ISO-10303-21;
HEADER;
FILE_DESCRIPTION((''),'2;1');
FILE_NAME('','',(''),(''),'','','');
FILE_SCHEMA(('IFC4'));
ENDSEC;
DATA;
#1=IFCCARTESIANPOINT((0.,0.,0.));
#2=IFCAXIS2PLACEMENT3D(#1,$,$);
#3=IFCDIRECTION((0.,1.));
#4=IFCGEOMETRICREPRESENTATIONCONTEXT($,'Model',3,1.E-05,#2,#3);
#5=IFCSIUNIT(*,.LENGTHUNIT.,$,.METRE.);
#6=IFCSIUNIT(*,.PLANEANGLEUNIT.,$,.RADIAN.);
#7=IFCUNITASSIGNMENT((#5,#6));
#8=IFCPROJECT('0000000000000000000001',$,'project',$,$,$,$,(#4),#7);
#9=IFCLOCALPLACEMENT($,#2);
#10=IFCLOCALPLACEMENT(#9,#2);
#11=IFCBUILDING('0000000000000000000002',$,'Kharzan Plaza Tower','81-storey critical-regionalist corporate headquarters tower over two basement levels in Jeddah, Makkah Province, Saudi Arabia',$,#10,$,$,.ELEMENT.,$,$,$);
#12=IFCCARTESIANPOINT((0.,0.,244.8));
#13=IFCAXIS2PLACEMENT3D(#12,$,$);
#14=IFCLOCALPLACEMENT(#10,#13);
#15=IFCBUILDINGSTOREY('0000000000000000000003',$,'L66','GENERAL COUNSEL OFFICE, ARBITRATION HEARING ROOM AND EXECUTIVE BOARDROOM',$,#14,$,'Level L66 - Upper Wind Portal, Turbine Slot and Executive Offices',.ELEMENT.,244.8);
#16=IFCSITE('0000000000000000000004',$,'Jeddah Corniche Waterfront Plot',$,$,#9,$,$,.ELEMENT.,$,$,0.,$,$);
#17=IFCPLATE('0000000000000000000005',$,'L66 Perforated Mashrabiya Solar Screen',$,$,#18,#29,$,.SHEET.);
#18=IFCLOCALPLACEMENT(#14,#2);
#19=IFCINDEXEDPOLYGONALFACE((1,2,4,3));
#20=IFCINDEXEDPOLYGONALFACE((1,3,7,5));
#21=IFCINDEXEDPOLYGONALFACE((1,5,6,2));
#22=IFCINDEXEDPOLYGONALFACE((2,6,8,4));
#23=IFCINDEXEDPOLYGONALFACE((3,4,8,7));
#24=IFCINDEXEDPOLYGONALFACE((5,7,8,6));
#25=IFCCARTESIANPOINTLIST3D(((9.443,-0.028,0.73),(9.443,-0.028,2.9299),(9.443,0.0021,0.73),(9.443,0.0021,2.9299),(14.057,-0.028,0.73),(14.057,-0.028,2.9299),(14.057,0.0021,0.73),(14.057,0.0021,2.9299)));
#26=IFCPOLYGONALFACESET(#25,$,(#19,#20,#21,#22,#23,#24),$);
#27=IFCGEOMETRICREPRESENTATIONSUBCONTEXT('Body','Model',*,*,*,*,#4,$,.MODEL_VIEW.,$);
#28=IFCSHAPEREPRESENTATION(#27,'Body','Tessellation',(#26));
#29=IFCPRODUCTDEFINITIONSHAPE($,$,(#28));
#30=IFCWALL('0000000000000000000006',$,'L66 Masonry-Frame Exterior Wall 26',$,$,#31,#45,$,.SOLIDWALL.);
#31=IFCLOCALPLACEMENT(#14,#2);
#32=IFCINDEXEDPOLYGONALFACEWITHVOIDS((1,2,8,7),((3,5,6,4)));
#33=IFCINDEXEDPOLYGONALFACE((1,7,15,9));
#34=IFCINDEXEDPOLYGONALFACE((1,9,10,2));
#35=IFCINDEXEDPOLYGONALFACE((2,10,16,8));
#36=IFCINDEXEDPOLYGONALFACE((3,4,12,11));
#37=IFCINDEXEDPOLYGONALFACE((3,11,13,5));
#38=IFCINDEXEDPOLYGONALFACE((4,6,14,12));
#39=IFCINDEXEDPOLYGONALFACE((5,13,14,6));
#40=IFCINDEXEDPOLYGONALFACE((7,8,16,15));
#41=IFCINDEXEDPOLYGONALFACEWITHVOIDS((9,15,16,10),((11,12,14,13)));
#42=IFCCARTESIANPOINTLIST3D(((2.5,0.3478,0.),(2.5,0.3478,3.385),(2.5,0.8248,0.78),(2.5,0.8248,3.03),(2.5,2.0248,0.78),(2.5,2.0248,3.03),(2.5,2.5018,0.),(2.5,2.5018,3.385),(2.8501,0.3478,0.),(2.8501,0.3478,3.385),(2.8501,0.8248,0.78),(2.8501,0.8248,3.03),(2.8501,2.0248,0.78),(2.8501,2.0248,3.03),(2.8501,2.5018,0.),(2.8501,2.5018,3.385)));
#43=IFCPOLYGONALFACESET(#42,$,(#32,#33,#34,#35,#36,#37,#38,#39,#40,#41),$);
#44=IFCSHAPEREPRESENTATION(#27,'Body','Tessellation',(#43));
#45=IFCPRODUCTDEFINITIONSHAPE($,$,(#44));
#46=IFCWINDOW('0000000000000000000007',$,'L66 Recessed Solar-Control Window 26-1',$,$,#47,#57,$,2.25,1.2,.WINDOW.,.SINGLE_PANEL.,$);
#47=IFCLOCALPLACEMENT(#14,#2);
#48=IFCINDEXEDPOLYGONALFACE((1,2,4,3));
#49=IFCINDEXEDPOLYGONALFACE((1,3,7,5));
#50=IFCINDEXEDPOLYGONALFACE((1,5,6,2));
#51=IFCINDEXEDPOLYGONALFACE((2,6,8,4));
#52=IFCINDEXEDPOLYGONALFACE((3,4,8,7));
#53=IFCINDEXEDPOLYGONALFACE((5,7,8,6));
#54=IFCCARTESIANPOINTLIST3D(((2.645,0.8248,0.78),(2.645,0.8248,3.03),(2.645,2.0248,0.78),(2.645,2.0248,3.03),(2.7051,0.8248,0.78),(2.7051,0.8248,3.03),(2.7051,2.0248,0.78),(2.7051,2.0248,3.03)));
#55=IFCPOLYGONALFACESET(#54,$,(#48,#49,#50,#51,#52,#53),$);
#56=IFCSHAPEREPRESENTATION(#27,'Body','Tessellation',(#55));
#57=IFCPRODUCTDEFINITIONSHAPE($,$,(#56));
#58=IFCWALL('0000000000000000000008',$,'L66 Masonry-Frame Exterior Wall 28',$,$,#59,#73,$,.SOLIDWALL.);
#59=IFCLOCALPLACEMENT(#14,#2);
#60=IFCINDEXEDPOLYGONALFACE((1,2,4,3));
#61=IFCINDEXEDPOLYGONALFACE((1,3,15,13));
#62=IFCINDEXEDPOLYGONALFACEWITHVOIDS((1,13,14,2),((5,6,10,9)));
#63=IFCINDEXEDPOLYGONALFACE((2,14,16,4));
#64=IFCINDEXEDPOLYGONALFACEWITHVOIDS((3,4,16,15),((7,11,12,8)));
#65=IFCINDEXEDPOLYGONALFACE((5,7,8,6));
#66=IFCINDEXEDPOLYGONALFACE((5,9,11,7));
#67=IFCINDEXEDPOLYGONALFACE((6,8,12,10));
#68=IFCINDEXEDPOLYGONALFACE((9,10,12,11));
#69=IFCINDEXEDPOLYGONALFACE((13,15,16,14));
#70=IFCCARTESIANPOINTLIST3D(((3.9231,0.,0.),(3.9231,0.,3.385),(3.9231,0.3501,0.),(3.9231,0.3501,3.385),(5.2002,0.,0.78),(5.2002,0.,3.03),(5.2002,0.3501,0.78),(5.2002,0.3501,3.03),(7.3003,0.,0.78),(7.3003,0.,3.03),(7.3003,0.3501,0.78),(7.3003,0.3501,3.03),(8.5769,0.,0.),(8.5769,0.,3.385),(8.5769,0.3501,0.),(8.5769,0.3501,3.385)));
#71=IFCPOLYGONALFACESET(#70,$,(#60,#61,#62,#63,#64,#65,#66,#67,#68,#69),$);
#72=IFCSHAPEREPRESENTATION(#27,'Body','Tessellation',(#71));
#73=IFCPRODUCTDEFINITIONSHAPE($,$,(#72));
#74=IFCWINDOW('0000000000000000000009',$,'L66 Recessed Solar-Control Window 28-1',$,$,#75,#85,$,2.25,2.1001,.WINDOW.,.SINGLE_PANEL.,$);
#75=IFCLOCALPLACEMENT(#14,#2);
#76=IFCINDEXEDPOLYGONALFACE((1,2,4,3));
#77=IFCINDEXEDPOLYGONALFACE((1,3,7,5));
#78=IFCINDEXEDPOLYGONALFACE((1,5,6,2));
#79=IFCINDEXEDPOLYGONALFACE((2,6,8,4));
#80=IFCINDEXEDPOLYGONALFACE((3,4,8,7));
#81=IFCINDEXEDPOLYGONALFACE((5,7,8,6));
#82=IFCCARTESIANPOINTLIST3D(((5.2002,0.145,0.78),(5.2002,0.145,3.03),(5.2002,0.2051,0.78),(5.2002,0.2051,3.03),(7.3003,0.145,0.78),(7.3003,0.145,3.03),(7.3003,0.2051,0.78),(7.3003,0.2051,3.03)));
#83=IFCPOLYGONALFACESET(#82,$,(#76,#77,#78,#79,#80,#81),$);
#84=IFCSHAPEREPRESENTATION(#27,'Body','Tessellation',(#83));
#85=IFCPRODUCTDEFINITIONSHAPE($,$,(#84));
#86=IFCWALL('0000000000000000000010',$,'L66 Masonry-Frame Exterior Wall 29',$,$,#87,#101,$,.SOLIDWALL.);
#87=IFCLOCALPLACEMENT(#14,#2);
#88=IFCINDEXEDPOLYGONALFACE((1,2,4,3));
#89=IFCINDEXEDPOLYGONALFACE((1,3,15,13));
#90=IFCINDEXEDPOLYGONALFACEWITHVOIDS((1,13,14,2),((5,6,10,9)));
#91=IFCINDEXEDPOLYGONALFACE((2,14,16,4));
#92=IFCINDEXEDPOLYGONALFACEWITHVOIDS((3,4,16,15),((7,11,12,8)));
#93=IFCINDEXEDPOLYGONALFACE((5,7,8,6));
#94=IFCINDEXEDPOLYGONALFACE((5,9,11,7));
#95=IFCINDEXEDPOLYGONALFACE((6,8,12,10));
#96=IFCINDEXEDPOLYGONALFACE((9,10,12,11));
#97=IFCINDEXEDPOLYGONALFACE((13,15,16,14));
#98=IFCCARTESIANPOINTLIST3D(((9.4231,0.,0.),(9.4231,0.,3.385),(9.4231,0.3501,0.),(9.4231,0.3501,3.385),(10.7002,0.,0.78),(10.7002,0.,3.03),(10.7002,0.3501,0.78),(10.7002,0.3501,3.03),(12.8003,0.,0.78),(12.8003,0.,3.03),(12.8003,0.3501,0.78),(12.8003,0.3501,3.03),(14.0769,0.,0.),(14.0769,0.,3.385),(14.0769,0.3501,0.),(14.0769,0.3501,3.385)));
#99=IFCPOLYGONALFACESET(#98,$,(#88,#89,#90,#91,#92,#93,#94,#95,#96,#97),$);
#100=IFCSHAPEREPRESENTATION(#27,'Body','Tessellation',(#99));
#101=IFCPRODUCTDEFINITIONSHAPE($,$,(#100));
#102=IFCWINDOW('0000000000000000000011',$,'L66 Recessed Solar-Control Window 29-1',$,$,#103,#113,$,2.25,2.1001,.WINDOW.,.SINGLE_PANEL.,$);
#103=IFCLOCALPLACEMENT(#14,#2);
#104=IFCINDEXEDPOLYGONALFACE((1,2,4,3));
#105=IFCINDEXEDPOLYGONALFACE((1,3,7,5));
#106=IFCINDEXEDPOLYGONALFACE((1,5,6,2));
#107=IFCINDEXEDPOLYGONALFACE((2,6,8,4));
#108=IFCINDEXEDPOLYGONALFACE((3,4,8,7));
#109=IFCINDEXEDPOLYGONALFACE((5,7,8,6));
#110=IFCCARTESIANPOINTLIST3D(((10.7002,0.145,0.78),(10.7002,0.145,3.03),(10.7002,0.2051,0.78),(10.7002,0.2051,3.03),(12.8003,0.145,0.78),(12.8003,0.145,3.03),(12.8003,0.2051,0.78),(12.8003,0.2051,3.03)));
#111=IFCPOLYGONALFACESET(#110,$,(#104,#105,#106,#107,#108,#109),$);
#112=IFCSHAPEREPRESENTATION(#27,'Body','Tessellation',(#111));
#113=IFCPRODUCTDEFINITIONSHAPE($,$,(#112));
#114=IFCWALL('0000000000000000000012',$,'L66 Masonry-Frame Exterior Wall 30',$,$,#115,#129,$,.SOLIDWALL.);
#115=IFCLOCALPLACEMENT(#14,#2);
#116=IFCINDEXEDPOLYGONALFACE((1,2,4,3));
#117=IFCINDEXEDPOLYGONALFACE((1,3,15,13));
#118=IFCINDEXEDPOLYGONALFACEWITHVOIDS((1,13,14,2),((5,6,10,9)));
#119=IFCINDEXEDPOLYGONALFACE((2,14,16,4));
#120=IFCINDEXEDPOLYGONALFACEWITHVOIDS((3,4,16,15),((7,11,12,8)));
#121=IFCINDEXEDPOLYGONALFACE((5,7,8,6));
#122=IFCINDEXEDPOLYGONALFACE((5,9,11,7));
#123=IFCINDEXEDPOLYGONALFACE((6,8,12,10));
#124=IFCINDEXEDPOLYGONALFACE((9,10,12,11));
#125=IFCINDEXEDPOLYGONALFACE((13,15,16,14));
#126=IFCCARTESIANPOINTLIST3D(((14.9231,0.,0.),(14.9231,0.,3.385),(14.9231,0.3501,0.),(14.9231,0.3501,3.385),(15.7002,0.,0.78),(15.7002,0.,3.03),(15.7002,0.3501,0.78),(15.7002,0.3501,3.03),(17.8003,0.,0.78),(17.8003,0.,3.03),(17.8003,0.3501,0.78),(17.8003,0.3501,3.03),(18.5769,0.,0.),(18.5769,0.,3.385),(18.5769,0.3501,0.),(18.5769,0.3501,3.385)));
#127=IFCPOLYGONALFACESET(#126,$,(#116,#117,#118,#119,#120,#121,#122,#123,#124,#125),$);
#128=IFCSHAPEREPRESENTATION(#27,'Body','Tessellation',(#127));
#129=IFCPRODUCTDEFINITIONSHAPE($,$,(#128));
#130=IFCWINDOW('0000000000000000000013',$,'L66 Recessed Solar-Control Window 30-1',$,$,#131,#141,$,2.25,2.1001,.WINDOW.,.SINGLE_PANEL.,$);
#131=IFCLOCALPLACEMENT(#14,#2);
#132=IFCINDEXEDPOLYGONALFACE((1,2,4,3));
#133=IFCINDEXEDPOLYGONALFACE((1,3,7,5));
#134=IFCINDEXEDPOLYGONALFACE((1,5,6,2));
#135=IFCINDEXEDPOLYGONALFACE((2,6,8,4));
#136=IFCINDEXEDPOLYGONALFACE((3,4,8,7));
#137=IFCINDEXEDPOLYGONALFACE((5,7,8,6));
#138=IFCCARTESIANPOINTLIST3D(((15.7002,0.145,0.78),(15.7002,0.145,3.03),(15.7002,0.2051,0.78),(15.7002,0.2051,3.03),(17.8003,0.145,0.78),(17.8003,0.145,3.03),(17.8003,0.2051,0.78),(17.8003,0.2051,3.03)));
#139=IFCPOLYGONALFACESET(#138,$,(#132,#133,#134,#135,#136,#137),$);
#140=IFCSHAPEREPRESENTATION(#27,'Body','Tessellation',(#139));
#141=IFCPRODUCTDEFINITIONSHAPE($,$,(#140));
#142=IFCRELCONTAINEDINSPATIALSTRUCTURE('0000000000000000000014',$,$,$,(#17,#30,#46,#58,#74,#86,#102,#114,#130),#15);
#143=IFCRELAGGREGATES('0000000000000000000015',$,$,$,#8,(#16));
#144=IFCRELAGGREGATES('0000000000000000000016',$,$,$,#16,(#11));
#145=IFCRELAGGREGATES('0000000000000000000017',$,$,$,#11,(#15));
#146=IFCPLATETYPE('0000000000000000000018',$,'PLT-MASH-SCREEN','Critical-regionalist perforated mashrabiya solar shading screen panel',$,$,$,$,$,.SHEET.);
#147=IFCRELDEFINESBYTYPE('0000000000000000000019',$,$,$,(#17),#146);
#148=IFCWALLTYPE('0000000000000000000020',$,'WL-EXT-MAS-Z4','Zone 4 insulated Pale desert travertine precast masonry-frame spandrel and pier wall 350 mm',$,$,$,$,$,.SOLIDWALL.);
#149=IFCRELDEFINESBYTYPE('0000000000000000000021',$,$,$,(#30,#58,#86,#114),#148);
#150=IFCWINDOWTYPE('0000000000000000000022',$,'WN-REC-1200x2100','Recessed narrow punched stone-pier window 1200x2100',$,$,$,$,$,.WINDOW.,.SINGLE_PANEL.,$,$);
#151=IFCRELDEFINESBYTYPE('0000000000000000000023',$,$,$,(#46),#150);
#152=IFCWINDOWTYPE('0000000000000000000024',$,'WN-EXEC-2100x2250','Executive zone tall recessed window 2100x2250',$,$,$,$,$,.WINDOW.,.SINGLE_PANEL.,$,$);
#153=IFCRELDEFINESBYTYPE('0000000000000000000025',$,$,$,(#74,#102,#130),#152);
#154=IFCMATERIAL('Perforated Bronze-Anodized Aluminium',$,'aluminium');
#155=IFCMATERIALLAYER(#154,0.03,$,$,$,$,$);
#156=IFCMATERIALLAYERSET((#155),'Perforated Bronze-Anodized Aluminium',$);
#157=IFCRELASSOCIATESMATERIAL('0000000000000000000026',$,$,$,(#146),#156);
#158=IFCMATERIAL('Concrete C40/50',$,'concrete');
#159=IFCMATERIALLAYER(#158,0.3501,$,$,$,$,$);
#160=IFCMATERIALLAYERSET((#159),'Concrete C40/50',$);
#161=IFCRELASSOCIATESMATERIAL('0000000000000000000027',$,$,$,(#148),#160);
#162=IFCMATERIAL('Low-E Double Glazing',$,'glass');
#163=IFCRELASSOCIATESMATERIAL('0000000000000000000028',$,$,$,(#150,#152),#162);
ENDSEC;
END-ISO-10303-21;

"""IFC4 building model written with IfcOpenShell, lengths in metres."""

from ifc_helpers import new_model, si_unit, direction, frame, frame_2d, origin, origin_2d, place, context, subcontext, project, spatial, rectangle, extrude, source, transform, mapped, material, layer, layer_set, type_object, element, fill, save


model = new_model("IFC4")

# Units and contexts
model_context = context("Model", 3, precision=1e-05, world=origin(), true_north=direction((0.0, 1.0)))
body_context = subcontext(model_context, "Body", "Model", "MODEL_VIEW")
ifc_project = project(units=[si_unit("LENGTHUNIT", "METRE"), si_unit("PLANEANGLEUNIT", "RADIAN")], contexts=[model_context])

# Site, building, storey
site_placement = place(None, origin())
site = spatial("IfcSite", under=ifc_project, at=site_placement, Name="Jeddah Corniche Waterfront Plot", CompositionType="ELEMENT", RefElevation=0.0)
building_placement = place(site_placement, origin())
building = spatial("IfcBuilding", under=site, at=building_placement, Name="Kharzan Plaza Tower", Description="81-storey critical-regionalist corporate headquarters tower over two basement levels in Jeddah, Makkah Province, Saudi Arabia", CompositionType="ELEMENT")
storey_placement = place(building_placement, frame((0.0, 0.0, 244.8)))
storey = spatial("IfcBuildingStorey", under=building, at=storey_placement, Name="L66", Description="GENERAL COUNSEL OFFICE, ARBITRATION HEARING ROOM AND EXECUTIVE BOARDROOM", LongName="Level L66 - Upper Wind Portal, Turbine Slot and Executive Offices", CompositionType="ELEMENT", Elevation=244.8)

# Plate
ifc_material_1 = material(Name="Perforated Bronze-Anodized Aluminium", Category="aluminium")
ifc_layer_1 = layer(ifc_material_1, 0.03)
ifc_layer_set_1 = layer_set([ifc_layer_1], Name="Perforated Bronze-Anodized Aluminium")
plate_type = type_object("IfcPlateType", Name="PLT-MASH-SCREEN", Description="Critical-regionalist perforated mashrabiya solar shading screen panel", PredefinedType="SHEET", material=ifc_layer_set_1)
shared_shape_1 = source(origin(), body_context, "Body", "SweptSolid", [
    extrude(rectangle(XDim=4.614, YDim=0.03, at=origin_2d()), origin(), (0.0, 0.0, 1.0), 2.2),
])
for number, where, z_axis, x_axis, name in (
    (1, (11.75, -0.0129, 0.73), (0.0, 0.0, 1.0), (1.0, 0.0, 0.0), "L66 Perforated Mashrabiya Solar Screen"),
):
    element("IfcPlate", number, at=place(storey_placement, frame(where, z_axis=z_axis, x_axis=x_axis)), inside=storey, type_object=plate_type, Name=name, PredefinedType="SHEET", context=body_context, shape_type="MappedRepresentation", body=[
        mapped(shared_shape_1, transform((0.0, 0.0, 0.0), x_axis=(1.0, 0.0, 0.0), y_axis=(0.0, 1.0, 0.0), z_axis=(0.0, 0.0, 1.0))),
    ])

# Walls, openings, windows
ifc_material_2 = material(Name="Concrete C40/50", Category="concrete")
ifc_layer_2 = layer(ifc_material_2, 0.3501)
ifc_layer_set_2 = layer_set([ifc_layer_2], Name="Concrete C40/50")
wall_type_1 = type_object("IfcWallType", Name="WL-EXT-MAS-Z4", Description="Zone 4 insulated Pale desert travertine precast masonry-frame spandrel and pier wall 350 mm", PredefinedType="SOLIDWALL", material=ifc_layer_set_2)
wall_1_placement = place(storey_placement, frame((2.675, 2.502, 0.0), z_axis=(0.0, 0.0, 1.0), x_axis=(0.0, -1.0, 0.0)))
wall_1 = element("IfcWall", 2, at=wall_1_placement, inside=storey, type_object=wall_type_1, Name="L66 Masonry-Frame Exterior Wall 26", PredefinedType="SOLIDWALL", context=body_context, shape_type="SweptSolid", body=[
    extrude(rectangle(XDim=2.1541, YDim=0.3501, at=frame_2d((1.0771, 0.0))), origin(), (0.0, 0.0, 1.0), 3.385),
])
opening_1_placement = place(wall_1_placement, frame((0.4771, 0.0, 0.78)))
opening_1 = element("IfcOpeningElement", 3, at=opening_1_placement, cuts=wall_1, PredefinedType="OPENING", context=body_context, shape_type="SweptSolid", body=[
    extrude(rectangle(XDim=1.2, YDim=2.25, at=frame_2d((0.6001, 1.125))), frame((0.0, 0.1851, 0.0), z_axis=(0.0, -1.0, 0.0), x_axis=(1.0, 0.0, 0.0)), (0.0, 0.0, 1.0), 0.3701),
])
ifc_material_3 = material(Name="Low-E Double Glazing", Category="glass")
window_type_1 = type_object("IfcWindowType", Name="WN-REC-1200x2100", Description="Recessed narrow punched stone-pier window 1200x2100", PartitioningType="SINGLE_PANEL", PredefinedType="WINDOW", material=ifc_material_3)
shared_shape_2 = source(origin(), body_context, "Body", "SweptSolid", [
    extrude(rectangle(XDim=1.2, YDim=2.25, at=frame_2d((0.6001, 1.125))), frame((0.0, 0.03, 0.0), z_axis=(0.0, -1.0, 0.0), x_axis=(1.0, 0.0, 0.0)), (0.0, 0.0, 1.0), 0.0601),
])
window_1_placement = place(opening_1_placement, origin())
window_1 = element("IfcWindow", 4, at=window_1_placement, inside=storey, type_object=window_type_1, Name="L66 Recessed Solar-Control Window 26-1", OverallHeight=2.25, OverallWidth=1.2, PartitioningType="SINGLE_PANEL", PredefinedType="WINDOW", context=body_context, shape_type="MappedRepresentation", body=[
    mapped(shared_shape_2, transform((0.0, 0.0, 0.0), x_axis=(1.0, 0.0, 0.0), y_axis=(0.0, 1.0, 0.0), z_axis=(0.0, 0.0, 1.0))),
])
fill(opening_1, window_1)
wall_2_placement = place(storey_placement, frame((3.9231, 0.175, 0.0), z_axis=(0.0, 0.0, 1.0), x_axis=(1.0, 0.0, 0.0)))
wall_2 = element("IfcWall", 5, at=wall_2_placement, inside=storey, type_object=wall_type_1, Name="L66 Masonry-Frame Exterior Wall 28", PredefinedType="SOLIDWALL", context=body_context, shape_type="SweptSolid", body=[
    extrude(rectangle(XDim=4.6538, YDim=0.3501, at=frame_2d((2.3269, 0.0))), origin(), (0.0, 0.0, 1.0), 3.385),
])
opening_2_placement = place(wall_2_placement, frame((1.2771, 0.0, 0.78)))
opening_2 = element("IfcOpeningElement", 6, at=opening_2_placement, cuts=wall_2, PredefinedType="OPENING", context=body_context, shape_type="SweptSolid", body=[
    extrude(rectangle(XDim=2.1001, YDim=2.25, at=frame_2d((1.05, 1.125))), frame((0.0, 0.1851, 0.0), z_axis=(0.0, -1.0, 0.0), x_axis=(1.0, 0.0, 0.0)), (0.0, 0.0, 1.0), 0.3701),
])
window_type_2 = type_object("IfcWindowType", Name="WN-EXEC-2100x2250", Description="Executive zone tall recessed window 2100x2250", PartitioningType="SINGLE_PANEL", PredefinedType="WINDOW", material=ifc_material_3)
shared_shape_3 = source(origin(), body_context, "Body", "SweptSolid", [
    extrude(rectangle(XDim=2.1001, YDim=2.25, at=frame_2d((1.05, 1.125))), frame((0.0, 0.03, 0.0), z_axis=(0.0, -1.0, 0.0), x_axis=(1.0, 0.0, 0.0)), (0.0, 0.0, 1.0), 0.0601),
])
window_2_placement = place(opening_2_placement, origin())
window_2 = element("IfcWindow", 7, at=window_2_placement, inside=storey, type_object=window_type_2, Name="L66 Recessed Solar-Control Window 28-1", OverallHeight=2.25, OverallWidth=2.1001, PartitioningType="SINGLE_PANEL", PredefinedType="WINDOW", context=body_context, shape_type="MappedRepresentation", body=[
    mapped(shared_shape_3, transform((0.0, 0.0, 0.0), x_axis=(1.0, 0.0, 0.0), y_axis=(0.0, 1.0, 0.0), z_axis=(0.0, 0.0, 1.0))),
])
fill(opening_2, window_2)
wall_3_placement = place(storey_placement, frame((9.4231, 0.175, 0.0), z_axis=(0.0, 0.0, 1.0), x_axis=(1.0, 0.0, 0.0)))
wall_3 = element("IfcWall", 8, at=wall_3_placement, inside=storey, type_object=wall_type_1, Name="L66 Masonry-Frame Exterior Wall 29", PredefinedType="SOLIDWALL", context=body_context, shape_type="SweptSolid", body=[
    extrude(rectangle(XDim=4.6538, YDim=0.3501, at=frame_2d((2.3269, 0.0))), origin(), (0.0, 0.0, 1.0), 3.385),
])
opening_3_placement = place(wall_3_placement, frame((1.2771, 0.0, 0.78)))
opening_3 = element("IfcOpeningElement", 9, at=opening_3_placement, cuts=wall_3, PredefinedType="OPENING", context=body_context, shape_type="SweptSolid", body=[
    extrude(rectangle(XDim=2.1001, YDim=2.25, at=frame_2d((1.05, 1.125))), frame((0.0, 0.1851, 0.0), z_axis=(0.0, -1.0, 0.0), x_axis=(1.0, 0.0, 0.0)), (0.0, 0.0, 1.0), 0.3701),
])
window_3_placement = place(opening_3_placement, origin())
window_3 = element("IfcWindow", 10, at=window_3_placement, inside=storey, type_object=window_type_2, Name="L66 Recessed Solar-Control Window 29-1", OverallHeight=2.25, OverallWidth=2.1001, PartitioningType="SINGLE_PANEL", PredefinedType="WINDOW", context=body_context, shape_type="MappedRepresentation", body=[
    mapped(shared_shape_3, transform((0.0, 0.0, 0.0), x_axis=(1.0, 0.0, 0.0), y_axis=(0.0, 1.0, 0.0), z_axis=(0.0, 0.0, 1.0))),
])
fill(opening_3, window_3)
wall_4_placement = place(storey_placement, frame((14.9231, 0.175, 0.0), z_axis=(0.0, 0.0, 1.0), x_axis=(1.0, 0.0, 0.0)))
wall_4 = element("IfcWall", 11, at=wall_4_placement, inside=storey, type_object=wall_type_1, Name="L66 Masonry-Frame Exterior Wall 30", PredefinedType="SOLIDWALL", context=body_context, shape_type="SweptSolid", body=[
    extrude(rectangle(XDim=3.6538, YDim=0.3501, at=frame_2d((1.8269, 0.0))), origin(), (0.0, 0.0, 1.0), 3.385),
])
opening_4_placement = place(wall_4_placement, frame((0.7771, 0.0, 0.78)))
opening_4 = element("IfcOpeningElement", 12, at=opening_4_placement, cuts=wall_4, PredefinedType="OPENING", context=body_context, shape_type="SweptSolid", body=[
    extrude(rectangle(XDim=2.1001, YDim=2.25, at=frame_2d((1.05, 1.125))), frame((0.0, 0.1851, 0.0), z_axis=(0.0, -1.0, 0.0), x_axis=(1.0, 0.0, 0.0)), (0.0, 0.0, 1.0), 0.3701),
])
window_4_placement = place(opening_4_placement, origin())
window_4 = element("IfcWindow", 13, at=window_4_placement, inside=storey, type_object=window_type_2, Name="L66 Recessed Solar-Control Window 30-1", OverallHeight=2.25, OverallWidth=2.1001, PartitioningType="SINGLE_PANEL", PredefinedType="WINDOW", context=body_context, shape_type="MappedRepresentation", body=[
    mapped(shared_shape_3, transform((0.0, 0.0, 0.0), x_axis=(1.0, 0.0, 0.0), y_axis=(0.0, 1.0, 0.0), z_axis=(0.0, 0.0, 1.0))),
])
fill(opening_4, window_4)

save(model, "model.ifc")
